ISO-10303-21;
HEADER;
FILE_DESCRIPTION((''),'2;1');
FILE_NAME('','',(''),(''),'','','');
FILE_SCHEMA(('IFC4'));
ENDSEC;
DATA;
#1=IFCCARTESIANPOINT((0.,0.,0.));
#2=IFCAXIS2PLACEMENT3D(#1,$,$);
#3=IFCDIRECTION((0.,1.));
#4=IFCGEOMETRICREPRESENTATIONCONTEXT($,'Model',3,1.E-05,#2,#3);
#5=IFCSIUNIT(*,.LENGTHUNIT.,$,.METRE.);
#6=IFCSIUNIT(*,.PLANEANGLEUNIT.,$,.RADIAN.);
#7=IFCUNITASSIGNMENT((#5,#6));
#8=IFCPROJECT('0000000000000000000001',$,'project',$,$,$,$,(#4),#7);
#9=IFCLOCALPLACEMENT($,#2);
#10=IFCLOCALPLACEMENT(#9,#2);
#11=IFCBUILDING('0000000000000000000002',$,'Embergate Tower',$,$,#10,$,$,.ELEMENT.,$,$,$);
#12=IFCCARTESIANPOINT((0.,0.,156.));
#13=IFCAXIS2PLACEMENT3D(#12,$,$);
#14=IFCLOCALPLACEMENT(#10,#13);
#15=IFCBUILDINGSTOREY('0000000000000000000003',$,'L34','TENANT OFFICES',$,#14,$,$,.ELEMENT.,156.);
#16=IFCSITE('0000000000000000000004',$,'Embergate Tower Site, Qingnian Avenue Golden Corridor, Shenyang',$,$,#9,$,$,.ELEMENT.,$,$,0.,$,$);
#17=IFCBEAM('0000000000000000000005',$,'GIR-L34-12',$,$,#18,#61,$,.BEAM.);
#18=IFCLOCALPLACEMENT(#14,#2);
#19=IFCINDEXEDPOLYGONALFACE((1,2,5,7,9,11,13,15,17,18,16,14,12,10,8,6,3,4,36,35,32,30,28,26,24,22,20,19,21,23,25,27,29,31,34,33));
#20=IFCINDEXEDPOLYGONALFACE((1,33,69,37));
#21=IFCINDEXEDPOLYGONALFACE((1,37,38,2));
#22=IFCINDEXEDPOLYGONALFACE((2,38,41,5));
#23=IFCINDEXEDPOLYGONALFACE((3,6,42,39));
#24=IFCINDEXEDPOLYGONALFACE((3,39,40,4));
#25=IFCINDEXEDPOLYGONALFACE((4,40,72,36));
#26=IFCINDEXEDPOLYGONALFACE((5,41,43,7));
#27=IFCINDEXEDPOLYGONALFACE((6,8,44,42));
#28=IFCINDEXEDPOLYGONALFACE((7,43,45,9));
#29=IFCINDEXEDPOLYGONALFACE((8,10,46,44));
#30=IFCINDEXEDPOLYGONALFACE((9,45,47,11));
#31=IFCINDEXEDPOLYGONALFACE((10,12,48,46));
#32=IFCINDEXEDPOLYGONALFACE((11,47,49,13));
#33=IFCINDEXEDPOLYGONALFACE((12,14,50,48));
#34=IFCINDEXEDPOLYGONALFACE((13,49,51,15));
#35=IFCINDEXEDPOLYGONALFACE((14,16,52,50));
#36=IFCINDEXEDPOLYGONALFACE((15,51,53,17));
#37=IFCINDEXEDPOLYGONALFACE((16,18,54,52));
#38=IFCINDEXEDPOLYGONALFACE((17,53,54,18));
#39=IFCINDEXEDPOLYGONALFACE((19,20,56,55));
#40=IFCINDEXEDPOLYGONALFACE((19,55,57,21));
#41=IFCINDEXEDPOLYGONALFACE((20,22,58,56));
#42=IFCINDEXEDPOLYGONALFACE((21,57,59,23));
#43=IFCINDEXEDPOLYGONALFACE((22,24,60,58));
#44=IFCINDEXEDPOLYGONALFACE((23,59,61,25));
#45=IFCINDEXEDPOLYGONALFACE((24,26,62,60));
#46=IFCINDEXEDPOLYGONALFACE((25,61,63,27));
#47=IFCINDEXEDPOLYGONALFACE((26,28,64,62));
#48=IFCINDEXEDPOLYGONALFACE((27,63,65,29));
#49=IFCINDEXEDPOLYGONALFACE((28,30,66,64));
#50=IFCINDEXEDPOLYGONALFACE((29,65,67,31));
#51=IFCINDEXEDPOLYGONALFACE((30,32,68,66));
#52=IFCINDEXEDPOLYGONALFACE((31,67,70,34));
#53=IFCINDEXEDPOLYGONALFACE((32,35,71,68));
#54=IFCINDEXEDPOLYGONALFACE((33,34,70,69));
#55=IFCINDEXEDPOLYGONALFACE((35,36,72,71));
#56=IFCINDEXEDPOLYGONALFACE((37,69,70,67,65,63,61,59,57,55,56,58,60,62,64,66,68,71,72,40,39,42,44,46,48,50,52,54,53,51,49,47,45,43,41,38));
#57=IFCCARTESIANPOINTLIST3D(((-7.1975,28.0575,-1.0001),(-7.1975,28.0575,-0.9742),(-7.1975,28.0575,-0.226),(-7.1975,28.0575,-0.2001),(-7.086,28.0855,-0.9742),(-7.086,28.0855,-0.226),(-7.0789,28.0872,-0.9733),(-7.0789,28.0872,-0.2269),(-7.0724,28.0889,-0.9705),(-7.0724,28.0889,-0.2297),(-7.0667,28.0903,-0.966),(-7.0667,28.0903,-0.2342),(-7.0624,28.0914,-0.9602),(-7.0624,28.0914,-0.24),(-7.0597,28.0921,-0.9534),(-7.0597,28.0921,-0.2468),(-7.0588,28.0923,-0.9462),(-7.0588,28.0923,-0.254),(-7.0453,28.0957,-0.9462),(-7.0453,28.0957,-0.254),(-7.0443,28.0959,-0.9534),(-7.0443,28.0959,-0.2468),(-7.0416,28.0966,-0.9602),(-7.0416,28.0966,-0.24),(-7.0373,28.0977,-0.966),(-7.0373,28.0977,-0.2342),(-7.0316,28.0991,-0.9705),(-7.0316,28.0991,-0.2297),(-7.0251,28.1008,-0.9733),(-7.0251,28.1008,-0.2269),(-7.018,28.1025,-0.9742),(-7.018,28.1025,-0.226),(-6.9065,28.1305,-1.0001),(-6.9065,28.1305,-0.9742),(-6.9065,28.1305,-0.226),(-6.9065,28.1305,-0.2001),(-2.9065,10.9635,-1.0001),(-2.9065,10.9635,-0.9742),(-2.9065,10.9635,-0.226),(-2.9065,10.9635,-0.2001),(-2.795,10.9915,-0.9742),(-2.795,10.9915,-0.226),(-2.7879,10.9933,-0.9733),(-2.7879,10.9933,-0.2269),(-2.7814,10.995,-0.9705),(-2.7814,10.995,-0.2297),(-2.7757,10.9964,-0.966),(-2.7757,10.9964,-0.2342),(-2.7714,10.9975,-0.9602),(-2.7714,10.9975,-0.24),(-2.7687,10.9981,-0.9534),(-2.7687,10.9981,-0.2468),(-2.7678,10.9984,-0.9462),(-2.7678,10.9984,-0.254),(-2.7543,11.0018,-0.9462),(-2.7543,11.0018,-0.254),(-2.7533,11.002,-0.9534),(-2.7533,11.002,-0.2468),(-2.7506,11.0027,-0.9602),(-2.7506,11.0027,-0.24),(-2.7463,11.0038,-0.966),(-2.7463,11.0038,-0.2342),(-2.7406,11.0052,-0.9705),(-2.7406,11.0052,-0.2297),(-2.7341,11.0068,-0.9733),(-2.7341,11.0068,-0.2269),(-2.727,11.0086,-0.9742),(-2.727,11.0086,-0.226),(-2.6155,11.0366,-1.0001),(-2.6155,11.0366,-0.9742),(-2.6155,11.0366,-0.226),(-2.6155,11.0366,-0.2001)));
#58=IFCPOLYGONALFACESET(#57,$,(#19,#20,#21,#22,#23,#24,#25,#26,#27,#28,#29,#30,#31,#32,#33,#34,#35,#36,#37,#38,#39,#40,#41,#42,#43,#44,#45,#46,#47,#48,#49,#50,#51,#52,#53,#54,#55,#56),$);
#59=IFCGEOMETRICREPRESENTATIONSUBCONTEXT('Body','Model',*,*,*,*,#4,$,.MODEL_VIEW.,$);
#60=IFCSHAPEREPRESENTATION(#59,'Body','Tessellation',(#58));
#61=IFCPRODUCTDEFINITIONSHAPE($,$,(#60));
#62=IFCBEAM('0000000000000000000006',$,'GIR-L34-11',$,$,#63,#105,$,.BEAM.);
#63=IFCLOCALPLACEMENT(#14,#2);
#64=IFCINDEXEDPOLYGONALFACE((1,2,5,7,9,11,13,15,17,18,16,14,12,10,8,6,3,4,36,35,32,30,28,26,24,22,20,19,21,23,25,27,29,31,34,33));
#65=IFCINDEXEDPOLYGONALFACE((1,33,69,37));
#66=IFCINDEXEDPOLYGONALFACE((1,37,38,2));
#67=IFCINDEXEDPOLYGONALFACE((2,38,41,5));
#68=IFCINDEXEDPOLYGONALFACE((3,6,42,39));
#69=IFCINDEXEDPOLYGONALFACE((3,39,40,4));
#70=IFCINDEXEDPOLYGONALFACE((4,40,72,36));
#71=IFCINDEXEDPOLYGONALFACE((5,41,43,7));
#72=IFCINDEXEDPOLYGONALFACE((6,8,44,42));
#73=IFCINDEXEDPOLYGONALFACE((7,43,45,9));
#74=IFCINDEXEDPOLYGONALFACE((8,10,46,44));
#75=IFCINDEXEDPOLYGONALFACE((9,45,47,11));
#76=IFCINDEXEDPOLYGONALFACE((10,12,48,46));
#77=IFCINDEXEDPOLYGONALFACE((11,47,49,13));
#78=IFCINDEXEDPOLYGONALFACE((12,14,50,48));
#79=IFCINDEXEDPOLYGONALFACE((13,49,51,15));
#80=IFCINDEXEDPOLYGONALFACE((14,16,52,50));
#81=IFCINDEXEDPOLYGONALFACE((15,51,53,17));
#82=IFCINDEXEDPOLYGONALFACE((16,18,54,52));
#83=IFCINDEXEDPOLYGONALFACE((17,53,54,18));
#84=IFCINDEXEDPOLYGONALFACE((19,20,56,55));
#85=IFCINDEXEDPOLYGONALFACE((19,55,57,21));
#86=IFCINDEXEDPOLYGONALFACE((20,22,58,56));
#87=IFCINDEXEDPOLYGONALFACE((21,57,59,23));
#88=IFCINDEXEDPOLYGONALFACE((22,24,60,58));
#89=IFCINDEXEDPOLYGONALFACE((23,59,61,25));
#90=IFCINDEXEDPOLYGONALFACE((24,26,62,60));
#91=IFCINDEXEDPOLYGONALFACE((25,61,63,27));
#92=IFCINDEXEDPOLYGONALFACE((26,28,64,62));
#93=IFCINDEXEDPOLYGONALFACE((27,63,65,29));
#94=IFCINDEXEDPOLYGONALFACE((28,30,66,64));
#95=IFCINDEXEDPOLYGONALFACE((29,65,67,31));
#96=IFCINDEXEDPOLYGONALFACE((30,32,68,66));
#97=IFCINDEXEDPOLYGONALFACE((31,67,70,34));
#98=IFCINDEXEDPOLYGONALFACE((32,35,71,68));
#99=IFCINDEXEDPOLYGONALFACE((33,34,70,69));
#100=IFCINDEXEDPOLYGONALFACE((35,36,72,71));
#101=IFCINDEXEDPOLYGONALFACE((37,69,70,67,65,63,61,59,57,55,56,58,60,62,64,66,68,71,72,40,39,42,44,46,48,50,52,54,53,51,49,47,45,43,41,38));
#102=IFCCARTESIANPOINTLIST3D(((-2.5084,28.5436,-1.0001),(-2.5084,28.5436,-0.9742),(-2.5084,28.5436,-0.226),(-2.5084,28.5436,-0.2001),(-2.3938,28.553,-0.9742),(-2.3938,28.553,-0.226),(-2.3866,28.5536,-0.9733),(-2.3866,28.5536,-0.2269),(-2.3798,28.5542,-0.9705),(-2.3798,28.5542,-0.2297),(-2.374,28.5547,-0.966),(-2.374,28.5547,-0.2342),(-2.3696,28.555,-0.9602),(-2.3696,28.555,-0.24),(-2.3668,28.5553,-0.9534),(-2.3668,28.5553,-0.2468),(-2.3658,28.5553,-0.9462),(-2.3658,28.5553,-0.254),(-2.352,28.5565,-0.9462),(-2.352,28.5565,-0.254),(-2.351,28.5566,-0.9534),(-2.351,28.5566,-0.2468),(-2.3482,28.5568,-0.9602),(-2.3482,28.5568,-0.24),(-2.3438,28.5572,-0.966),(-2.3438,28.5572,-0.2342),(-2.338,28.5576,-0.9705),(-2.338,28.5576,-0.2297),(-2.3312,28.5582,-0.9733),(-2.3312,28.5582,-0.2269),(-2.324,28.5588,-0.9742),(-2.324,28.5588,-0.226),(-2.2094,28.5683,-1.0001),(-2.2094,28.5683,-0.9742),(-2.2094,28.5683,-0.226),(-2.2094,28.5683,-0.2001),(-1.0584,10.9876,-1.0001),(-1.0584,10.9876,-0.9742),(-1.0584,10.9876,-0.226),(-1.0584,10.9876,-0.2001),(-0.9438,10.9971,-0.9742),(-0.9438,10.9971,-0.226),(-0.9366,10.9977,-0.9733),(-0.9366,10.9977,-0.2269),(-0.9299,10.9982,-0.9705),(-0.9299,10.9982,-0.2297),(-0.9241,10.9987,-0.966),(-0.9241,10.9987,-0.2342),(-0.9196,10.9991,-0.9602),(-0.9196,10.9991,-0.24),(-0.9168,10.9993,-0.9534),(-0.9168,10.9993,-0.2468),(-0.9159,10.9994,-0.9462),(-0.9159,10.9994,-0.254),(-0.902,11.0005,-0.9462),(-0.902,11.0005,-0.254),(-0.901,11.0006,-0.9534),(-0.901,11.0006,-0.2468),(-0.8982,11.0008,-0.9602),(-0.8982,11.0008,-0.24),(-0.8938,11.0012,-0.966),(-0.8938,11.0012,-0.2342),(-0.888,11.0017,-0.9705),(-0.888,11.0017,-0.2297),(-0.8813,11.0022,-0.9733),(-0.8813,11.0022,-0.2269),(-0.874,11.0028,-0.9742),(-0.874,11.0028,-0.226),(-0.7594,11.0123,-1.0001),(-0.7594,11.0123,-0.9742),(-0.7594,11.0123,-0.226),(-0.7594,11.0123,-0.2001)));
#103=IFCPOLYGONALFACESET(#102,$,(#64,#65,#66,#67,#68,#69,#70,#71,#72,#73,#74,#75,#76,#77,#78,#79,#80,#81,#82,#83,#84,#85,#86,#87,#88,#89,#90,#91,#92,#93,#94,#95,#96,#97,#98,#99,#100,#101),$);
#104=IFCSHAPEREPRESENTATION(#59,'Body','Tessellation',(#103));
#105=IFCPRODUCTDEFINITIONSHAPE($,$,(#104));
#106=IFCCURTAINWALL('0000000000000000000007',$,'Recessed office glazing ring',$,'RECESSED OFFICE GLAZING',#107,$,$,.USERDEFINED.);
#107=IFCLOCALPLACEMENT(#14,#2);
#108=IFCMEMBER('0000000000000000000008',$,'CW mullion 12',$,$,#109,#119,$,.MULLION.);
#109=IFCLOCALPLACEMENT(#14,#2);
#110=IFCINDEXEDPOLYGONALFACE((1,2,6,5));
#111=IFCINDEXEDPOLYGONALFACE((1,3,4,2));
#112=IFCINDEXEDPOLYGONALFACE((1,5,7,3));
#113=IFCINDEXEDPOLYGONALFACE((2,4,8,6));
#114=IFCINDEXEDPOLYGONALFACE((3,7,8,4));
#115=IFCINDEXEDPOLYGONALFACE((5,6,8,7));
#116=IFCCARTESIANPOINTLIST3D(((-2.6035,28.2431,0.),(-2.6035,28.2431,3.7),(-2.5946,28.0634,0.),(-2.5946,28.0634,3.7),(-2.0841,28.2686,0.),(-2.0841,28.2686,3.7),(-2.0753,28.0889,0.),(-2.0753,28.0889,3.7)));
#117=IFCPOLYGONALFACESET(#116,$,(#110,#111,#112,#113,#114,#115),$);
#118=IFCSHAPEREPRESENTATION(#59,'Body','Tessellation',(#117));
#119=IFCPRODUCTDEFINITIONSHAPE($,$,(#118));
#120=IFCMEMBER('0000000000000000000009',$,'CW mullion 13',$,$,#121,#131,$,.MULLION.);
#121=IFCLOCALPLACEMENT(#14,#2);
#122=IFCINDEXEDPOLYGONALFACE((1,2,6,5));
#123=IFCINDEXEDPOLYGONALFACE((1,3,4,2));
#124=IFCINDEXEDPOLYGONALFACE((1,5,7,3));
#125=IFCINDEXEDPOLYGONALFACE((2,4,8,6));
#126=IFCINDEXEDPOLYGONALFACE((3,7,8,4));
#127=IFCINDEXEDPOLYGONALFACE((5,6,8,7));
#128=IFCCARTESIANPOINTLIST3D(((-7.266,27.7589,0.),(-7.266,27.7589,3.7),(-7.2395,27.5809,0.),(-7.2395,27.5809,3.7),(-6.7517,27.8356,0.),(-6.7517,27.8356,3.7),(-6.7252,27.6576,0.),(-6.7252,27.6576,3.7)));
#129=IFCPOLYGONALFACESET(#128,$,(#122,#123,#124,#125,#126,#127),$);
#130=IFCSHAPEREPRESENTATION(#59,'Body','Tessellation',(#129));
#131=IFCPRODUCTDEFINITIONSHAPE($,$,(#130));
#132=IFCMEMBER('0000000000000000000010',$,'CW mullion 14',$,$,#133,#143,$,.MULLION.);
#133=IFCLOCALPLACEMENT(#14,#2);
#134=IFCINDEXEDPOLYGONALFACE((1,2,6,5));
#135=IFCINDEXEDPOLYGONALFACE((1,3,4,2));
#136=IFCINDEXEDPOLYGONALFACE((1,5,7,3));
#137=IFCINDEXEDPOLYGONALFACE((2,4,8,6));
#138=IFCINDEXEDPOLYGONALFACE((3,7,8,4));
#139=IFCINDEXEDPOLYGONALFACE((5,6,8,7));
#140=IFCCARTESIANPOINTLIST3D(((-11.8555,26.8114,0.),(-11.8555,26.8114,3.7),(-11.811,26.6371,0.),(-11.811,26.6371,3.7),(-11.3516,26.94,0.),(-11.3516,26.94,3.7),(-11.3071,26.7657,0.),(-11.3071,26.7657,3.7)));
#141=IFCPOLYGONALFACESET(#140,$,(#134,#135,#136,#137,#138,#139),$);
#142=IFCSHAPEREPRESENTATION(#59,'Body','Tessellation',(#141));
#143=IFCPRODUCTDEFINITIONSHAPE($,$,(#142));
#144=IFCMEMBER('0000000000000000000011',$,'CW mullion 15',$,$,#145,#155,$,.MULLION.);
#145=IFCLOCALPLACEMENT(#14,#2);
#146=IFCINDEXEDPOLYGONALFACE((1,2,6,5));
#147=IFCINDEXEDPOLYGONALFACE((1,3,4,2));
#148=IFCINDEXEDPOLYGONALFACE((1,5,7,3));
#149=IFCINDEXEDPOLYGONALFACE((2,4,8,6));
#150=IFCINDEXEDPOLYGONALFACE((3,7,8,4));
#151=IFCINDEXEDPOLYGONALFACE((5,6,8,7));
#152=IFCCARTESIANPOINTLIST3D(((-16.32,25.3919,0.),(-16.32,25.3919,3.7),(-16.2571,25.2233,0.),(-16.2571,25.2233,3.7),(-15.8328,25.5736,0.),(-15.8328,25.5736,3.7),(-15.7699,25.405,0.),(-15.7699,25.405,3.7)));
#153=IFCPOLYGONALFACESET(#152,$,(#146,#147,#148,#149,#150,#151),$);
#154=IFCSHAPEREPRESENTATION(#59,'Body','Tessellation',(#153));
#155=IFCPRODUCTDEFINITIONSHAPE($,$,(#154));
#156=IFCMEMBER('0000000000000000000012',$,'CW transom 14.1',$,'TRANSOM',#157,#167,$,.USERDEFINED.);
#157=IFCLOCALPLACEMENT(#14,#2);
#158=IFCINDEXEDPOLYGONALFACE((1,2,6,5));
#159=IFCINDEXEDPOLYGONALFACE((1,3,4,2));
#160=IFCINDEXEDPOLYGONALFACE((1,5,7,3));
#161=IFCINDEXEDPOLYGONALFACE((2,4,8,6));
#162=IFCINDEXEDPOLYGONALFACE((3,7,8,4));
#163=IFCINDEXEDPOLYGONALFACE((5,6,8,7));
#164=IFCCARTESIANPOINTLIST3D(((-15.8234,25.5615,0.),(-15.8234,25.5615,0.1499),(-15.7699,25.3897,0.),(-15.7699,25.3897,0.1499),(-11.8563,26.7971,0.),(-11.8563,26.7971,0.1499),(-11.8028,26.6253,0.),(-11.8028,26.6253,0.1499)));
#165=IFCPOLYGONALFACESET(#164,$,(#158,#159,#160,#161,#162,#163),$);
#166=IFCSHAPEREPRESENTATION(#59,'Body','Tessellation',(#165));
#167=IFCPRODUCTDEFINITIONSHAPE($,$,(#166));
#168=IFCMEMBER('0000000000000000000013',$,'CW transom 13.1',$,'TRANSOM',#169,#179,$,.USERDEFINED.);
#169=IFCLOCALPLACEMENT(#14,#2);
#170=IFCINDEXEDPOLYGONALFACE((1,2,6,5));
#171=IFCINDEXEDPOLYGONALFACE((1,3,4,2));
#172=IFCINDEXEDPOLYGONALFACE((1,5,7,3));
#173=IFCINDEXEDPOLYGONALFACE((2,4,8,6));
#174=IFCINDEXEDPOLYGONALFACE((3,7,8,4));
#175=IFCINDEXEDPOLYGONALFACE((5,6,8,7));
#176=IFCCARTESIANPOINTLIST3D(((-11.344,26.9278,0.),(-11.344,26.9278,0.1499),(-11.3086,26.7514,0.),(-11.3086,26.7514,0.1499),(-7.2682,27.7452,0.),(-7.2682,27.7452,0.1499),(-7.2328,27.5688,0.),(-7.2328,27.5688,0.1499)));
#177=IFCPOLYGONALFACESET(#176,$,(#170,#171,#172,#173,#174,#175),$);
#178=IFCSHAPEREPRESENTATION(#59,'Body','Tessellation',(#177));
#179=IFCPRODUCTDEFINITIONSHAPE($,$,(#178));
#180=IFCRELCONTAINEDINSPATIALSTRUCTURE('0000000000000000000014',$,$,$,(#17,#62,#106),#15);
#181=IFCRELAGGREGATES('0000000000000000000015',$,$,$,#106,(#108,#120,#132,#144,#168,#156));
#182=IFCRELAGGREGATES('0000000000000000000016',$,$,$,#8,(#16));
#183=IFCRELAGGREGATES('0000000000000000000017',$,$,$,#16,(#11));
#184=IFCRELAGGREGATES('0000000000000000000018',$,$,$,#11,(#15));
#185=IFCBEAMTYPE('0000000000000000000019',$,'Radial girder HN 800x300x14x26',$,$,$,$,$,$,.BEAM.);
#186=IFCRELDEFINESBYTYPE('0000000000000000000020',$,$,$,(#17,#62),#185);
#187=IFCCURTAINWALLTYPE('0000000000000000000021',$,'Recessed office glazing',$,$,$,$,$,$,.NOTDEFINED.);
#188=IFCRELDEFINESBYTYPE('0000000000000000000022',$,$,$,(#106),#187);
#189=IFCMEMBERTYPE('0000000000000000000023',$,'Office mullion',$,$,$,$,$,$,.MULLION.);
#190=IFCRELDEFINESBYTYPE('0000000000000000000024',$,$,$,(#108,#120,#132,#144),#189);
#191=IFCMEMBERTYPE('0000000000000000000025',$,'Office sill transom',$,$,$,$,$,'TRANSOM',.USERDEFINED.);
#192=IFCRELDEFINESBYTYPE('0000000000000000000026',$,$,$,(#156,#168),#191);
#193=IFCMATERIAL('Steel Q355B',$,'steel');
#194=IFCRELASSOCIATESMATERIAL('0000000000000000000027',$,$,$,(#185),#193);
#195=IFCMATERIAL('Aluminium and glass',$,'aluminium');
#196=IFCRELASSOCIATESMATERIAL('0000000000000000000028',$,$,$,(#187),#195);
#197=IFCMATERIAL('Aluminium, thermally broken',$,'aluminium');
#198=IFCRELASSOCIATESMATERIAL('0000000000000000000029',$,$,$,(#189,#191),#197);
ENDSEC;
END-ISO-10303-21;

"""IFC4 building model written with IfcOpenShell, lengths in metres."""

from ifc_helpers import new_model, si_unit, direction, frame, origin, origin_2d, place, context, subcontext, project, spatial, rectangle, i_section, extrude, source, transform, mapped, material, material_profile, profile_set, type_object, element, aggregate, save


model = new_model("IFC4")

# Units and contexts
model_context = context("Model", 3, precision=1e-05, world=origin(), true_north=direction((0.0, 1.0)))
body_context = subcontext(model_context, "Body", "Model", "MODEL_VIEW")
ifc_project = project(units=[si_unit("LENGTHUNIT", "METRE"), si_unit("PLANEANGLEUNIT", "RADIAN")], contexts=[model_context])

# Site, building, storey
site_placement = place(None, origin())
site = spatial("IfcSite", under=ifc_project, at=site_placement, Name="Embergate Tower Site, Qingnian Avenue Golden Corridor, Shenyang", CompositionType="ELEMENT", RefElevation=0.0)
building_placement = place(site_placement, origin())
building = spatial("IfcBuilding", under=site, at=building_placement, Name="Embergate Tower", CompositionType="ELEMENT")
storey_placement = place(building_placement, frame((0.0, 0.0, 156.0)))
storey = spatial("IfcBuildingStorey", under=building, at=storey_placement, Name="L34", Description="TENANT OFFICES", CompositionType="ELEMENT", Elevation=156.0)

# Beams
ifc_material_1 = material(Name="Steel Q355B", Category="steel")
ifc_material_profile_1 = material_profile(ifc_material_1, i_section(OverallWidth=0.3, OverallDepth=0.8, WebThickness=0.0139, FlangeThickness=0.0259, FilletRadius=0.0281, at=origin_2d()), Name="HN 800x300x14x26")
ifc_profile_set_1 = profile_set([ifc_material_profile_1], Name="Steel Q355 grade B")
beam_type_1 = type_object("IfcBeamType", Name="Radial girder HN 800x300x14x26", PredefinedType="BEAM", material=ifc_profile_set_1)
shared_shape_1 = source(origin(), body_context, "Body", "SweptSolid", [
    extrude(i_section(OverallWidth=0.3, OverallDepth=0.8, WebThickness=0.0139, FlangeThickness=0.0259, FilletRadius=0.0281, at=origin_2d()), origin(), (0.0, 0.0, 1.0), 17.6243),
])
beam_1_placement = place(storey_placement, frame((-7.052, 28.094, -0.6001), z_axis=(0.243471, -0.969908, 0.0), x_axis=(0.969908, 0.243471, 0.0)))
element("IfcBeam", 1, at=beam_1_placement, inside=storey, type_object=beam_type_1, Name="GIR-L34-12", PredefinedType="BEAM", context=body_context, shape_type="MappedRepresentation", body=[
    mapped(shared_shape_1, transform((0.0, 0.0, 0.0))),
])
shared_shape_2 = source(origin(), body_context, "Body", "SweptSolid", [
    extrude(i_section(OverallWidth=0.3, OverallDepth=0.8, WebThickness=0.0139, FlangeThickness=0.0259, FilletRadius=0.0281, at=origin_2d()), origin(), (0.0, 0.0, 1.0), 17.6157),
])
beam_2_placement = place(storey_placement, frame((-2.3589, 28.5559, -0.6001), z_axis=(0.08231, -0.996607, 0.0), x_axis=(0.996607, 0.08231, 0.0)))
element("IfcBeam", 2, at=beam_2_placement, inside=storey, type_object=beam_type_1, Name="GIR-L34-11", PredefinedType="BEAM", context=body_context, shape_type="MappedRepresentation", body=[
    mapped(shared_shape_2, transform((0.0, 0.0, 0.0))),
])

# Curtain wall, members
ifc_material_2 = material(Name="Aluminium and glass", Category="aluminium")
curtain_wall_type = type_object("IfcCurtainWallType", Name="Recessed office glazing", PredefinedType="NOTDEFINED", material=ifc_material_2)
curtain_wall_placement = place(storey_placement, origin())
curtain_wall = element("IfcCurtainWall", 3, at=curtain_wall_placement, inside=storey, type_object=curtain_wall_type, Name="Recessed office glazing ring", ObjectType="RECESSED OFFICE GLAZING", PredefinedType="USERDEFINED")
ifc_material_3 = material(Name="Aluminium, thermally broken", Category="aluminium")
ifc_material_profile_2 = material_profile(ifc_material_3, rectangle(XDim=0.1799, YDim=0.52, at=origin_2d()), Name="AL 520x180")
ifc_profile_set_2 = profile_set([ifc_material_profile_2], Name="Aluminium, thermally broken")
member_type_1 = type_object("IfcMemberType", Name="Office mullion", PredefinedType="MULLION", material=ifc_profile_set_2)
shared_shape_3 = source(origin(), body_context, "Body", "SweptSolid", [
    extrude(rectangle(XDim=0.1799, YDim=0.52, at=origin_2d()), origin(), (0.0, 0.0, 1.0), 3.7),
])
member_1_placement = place(storey_placement, frame((-2.3394, 28.166, 0.0), z_axis=(0.0, 0.0, 1.0), x_axis=(0.048972, -0.9988, 0.0)))
member_1 = element("IfcMember", 4, at=member_1_placement, type_object=member_type_1, Name="CW mullion 12", PredefinedType="MULLION", context=body_context, shape_type="MappedRepresentation", body=[
    mapped(shared_shape_3, transform((0.0, 0.0, 0.0))),
])
member_2_placement = place(storey_placement, frame((-6.9956, 27.7083, 0.0), z_axis=(0.0, 0.0, 1.0), x_axis=(0.147412, -0.989075, 0.0)))
member_2 = element("IfcMember", 5, at=member_2_placement, type_object=member_type_1, Name="CW mullion 13", PredefinedType="MULLION", context=body_context, shape_type="MappedRepresentation", body=[
    mapped(shared_shape_3, transform((0.0, 0.0, 0.0))),
])
member_3_placement = place(storey_placement, frame((-11.5813, 26.7886, 0.0), z_axis=(0.0, 0.0, 1.0), x_axis=(0.247312, -0.968936, 0.0)))
member_3 = element("IfcMember", 6, at=member_3_placement, type_object=member_type_1, Name="CW mullion 14", PredefinedType="MULLION", context=body_context, shape_type="MappedRepresentation", body=[
    mapped(shared_shape_3, transform((0.0, 0.0, 0.0))),
])
member_4_placement = place(storey_placement, frame((-16.0449, 25.3984, 0.0), z_axis=(0.0, 0.0, 1.0), x_axis=(0.349503, -0.936935, 0.0)))
member_4 = element("IfcMember", 7, at=member_4_placement, type_object=member_type_1, Name="CW mullion 15", PredefinedType="MULLION", context=body_context, shape_type="MappedRepresentation", body=[
    mapped(shared_shape_3, transform((0.0, 0.0, 0.0))),
])
ifc_material_profile_3 = material_profile(ifc_material_3, rectangle(XDim=0.1799, YDim=0.1499, at=origin_2d()), Name="AL 150x180")
ifc_profile_set_3 = profile_set([ifc_material_profile_3], Name="Aluminium, thermally broken")
member_type_2 = type_object("IfcMemberType", Name="Office sill transom", ElementType="TRANSOM", PredefinedType="USERDEFINED", material=ifc_profile_set_3)
shared_shape_4 = source(origin(), body_context, "Body", "SweptSolid", [
    extrude(rectangle(XDim=0.1799, YDim=0.1499, at=origin_2d()), origin(), (0.0, 0.0, 1.0), 4.155),
])
member_5_placement = place(storey_placement, frame((-11.8296, 26.7112, 0.075), z_axis=(-0.954761, -0.297375, 0.0), x_axis=(0.297375, -0.954761, 0.0)))
member_5 = element("IfcMember", 8, at=member_5_placement, type_object=member_type_2, Name="CW transom 14.1", ObjectType="TRANSOM", PredefinedType="USERDEFINED", context=body_context, shape_type="MappedRepresentation", body=[
    mapped(shared_shape_4, transform((0.0, 0.0, 0.0))),
])
shared_shape_5 = source(origin(), body_context, "Body", "SweptSolid", [
    extrude(rectangle(XDim=0.1799, YDim=0.1499, at=origin_2d()), origin(), (0.0, 0.0, 1.0), 4.157),
])
member_6_placement = place(storey_placement, frame((-7.2505, 27.657, 0.075), z_axis=(-0.980479, -0.196624, 0.0), x_axis=(0.196624, -0.980479, 0.0)))
member_6 = element("IfcMember", 9, at=member_6_placement, type_object=member_type_2, Name="CW transom 13.1", ObjectType="TRANSOM", PredefinedType="USERDEFINED", context=body_context, shape_type="MappedRepresentation", body=[
    mapped(shared_shape_5, transform((0.0, 0.0, 0.0))),
])
aggregate(curtain_wall, [member_1, member_2, member_3, member_4, member_6, member_5])

save(model, "model.ifc")
